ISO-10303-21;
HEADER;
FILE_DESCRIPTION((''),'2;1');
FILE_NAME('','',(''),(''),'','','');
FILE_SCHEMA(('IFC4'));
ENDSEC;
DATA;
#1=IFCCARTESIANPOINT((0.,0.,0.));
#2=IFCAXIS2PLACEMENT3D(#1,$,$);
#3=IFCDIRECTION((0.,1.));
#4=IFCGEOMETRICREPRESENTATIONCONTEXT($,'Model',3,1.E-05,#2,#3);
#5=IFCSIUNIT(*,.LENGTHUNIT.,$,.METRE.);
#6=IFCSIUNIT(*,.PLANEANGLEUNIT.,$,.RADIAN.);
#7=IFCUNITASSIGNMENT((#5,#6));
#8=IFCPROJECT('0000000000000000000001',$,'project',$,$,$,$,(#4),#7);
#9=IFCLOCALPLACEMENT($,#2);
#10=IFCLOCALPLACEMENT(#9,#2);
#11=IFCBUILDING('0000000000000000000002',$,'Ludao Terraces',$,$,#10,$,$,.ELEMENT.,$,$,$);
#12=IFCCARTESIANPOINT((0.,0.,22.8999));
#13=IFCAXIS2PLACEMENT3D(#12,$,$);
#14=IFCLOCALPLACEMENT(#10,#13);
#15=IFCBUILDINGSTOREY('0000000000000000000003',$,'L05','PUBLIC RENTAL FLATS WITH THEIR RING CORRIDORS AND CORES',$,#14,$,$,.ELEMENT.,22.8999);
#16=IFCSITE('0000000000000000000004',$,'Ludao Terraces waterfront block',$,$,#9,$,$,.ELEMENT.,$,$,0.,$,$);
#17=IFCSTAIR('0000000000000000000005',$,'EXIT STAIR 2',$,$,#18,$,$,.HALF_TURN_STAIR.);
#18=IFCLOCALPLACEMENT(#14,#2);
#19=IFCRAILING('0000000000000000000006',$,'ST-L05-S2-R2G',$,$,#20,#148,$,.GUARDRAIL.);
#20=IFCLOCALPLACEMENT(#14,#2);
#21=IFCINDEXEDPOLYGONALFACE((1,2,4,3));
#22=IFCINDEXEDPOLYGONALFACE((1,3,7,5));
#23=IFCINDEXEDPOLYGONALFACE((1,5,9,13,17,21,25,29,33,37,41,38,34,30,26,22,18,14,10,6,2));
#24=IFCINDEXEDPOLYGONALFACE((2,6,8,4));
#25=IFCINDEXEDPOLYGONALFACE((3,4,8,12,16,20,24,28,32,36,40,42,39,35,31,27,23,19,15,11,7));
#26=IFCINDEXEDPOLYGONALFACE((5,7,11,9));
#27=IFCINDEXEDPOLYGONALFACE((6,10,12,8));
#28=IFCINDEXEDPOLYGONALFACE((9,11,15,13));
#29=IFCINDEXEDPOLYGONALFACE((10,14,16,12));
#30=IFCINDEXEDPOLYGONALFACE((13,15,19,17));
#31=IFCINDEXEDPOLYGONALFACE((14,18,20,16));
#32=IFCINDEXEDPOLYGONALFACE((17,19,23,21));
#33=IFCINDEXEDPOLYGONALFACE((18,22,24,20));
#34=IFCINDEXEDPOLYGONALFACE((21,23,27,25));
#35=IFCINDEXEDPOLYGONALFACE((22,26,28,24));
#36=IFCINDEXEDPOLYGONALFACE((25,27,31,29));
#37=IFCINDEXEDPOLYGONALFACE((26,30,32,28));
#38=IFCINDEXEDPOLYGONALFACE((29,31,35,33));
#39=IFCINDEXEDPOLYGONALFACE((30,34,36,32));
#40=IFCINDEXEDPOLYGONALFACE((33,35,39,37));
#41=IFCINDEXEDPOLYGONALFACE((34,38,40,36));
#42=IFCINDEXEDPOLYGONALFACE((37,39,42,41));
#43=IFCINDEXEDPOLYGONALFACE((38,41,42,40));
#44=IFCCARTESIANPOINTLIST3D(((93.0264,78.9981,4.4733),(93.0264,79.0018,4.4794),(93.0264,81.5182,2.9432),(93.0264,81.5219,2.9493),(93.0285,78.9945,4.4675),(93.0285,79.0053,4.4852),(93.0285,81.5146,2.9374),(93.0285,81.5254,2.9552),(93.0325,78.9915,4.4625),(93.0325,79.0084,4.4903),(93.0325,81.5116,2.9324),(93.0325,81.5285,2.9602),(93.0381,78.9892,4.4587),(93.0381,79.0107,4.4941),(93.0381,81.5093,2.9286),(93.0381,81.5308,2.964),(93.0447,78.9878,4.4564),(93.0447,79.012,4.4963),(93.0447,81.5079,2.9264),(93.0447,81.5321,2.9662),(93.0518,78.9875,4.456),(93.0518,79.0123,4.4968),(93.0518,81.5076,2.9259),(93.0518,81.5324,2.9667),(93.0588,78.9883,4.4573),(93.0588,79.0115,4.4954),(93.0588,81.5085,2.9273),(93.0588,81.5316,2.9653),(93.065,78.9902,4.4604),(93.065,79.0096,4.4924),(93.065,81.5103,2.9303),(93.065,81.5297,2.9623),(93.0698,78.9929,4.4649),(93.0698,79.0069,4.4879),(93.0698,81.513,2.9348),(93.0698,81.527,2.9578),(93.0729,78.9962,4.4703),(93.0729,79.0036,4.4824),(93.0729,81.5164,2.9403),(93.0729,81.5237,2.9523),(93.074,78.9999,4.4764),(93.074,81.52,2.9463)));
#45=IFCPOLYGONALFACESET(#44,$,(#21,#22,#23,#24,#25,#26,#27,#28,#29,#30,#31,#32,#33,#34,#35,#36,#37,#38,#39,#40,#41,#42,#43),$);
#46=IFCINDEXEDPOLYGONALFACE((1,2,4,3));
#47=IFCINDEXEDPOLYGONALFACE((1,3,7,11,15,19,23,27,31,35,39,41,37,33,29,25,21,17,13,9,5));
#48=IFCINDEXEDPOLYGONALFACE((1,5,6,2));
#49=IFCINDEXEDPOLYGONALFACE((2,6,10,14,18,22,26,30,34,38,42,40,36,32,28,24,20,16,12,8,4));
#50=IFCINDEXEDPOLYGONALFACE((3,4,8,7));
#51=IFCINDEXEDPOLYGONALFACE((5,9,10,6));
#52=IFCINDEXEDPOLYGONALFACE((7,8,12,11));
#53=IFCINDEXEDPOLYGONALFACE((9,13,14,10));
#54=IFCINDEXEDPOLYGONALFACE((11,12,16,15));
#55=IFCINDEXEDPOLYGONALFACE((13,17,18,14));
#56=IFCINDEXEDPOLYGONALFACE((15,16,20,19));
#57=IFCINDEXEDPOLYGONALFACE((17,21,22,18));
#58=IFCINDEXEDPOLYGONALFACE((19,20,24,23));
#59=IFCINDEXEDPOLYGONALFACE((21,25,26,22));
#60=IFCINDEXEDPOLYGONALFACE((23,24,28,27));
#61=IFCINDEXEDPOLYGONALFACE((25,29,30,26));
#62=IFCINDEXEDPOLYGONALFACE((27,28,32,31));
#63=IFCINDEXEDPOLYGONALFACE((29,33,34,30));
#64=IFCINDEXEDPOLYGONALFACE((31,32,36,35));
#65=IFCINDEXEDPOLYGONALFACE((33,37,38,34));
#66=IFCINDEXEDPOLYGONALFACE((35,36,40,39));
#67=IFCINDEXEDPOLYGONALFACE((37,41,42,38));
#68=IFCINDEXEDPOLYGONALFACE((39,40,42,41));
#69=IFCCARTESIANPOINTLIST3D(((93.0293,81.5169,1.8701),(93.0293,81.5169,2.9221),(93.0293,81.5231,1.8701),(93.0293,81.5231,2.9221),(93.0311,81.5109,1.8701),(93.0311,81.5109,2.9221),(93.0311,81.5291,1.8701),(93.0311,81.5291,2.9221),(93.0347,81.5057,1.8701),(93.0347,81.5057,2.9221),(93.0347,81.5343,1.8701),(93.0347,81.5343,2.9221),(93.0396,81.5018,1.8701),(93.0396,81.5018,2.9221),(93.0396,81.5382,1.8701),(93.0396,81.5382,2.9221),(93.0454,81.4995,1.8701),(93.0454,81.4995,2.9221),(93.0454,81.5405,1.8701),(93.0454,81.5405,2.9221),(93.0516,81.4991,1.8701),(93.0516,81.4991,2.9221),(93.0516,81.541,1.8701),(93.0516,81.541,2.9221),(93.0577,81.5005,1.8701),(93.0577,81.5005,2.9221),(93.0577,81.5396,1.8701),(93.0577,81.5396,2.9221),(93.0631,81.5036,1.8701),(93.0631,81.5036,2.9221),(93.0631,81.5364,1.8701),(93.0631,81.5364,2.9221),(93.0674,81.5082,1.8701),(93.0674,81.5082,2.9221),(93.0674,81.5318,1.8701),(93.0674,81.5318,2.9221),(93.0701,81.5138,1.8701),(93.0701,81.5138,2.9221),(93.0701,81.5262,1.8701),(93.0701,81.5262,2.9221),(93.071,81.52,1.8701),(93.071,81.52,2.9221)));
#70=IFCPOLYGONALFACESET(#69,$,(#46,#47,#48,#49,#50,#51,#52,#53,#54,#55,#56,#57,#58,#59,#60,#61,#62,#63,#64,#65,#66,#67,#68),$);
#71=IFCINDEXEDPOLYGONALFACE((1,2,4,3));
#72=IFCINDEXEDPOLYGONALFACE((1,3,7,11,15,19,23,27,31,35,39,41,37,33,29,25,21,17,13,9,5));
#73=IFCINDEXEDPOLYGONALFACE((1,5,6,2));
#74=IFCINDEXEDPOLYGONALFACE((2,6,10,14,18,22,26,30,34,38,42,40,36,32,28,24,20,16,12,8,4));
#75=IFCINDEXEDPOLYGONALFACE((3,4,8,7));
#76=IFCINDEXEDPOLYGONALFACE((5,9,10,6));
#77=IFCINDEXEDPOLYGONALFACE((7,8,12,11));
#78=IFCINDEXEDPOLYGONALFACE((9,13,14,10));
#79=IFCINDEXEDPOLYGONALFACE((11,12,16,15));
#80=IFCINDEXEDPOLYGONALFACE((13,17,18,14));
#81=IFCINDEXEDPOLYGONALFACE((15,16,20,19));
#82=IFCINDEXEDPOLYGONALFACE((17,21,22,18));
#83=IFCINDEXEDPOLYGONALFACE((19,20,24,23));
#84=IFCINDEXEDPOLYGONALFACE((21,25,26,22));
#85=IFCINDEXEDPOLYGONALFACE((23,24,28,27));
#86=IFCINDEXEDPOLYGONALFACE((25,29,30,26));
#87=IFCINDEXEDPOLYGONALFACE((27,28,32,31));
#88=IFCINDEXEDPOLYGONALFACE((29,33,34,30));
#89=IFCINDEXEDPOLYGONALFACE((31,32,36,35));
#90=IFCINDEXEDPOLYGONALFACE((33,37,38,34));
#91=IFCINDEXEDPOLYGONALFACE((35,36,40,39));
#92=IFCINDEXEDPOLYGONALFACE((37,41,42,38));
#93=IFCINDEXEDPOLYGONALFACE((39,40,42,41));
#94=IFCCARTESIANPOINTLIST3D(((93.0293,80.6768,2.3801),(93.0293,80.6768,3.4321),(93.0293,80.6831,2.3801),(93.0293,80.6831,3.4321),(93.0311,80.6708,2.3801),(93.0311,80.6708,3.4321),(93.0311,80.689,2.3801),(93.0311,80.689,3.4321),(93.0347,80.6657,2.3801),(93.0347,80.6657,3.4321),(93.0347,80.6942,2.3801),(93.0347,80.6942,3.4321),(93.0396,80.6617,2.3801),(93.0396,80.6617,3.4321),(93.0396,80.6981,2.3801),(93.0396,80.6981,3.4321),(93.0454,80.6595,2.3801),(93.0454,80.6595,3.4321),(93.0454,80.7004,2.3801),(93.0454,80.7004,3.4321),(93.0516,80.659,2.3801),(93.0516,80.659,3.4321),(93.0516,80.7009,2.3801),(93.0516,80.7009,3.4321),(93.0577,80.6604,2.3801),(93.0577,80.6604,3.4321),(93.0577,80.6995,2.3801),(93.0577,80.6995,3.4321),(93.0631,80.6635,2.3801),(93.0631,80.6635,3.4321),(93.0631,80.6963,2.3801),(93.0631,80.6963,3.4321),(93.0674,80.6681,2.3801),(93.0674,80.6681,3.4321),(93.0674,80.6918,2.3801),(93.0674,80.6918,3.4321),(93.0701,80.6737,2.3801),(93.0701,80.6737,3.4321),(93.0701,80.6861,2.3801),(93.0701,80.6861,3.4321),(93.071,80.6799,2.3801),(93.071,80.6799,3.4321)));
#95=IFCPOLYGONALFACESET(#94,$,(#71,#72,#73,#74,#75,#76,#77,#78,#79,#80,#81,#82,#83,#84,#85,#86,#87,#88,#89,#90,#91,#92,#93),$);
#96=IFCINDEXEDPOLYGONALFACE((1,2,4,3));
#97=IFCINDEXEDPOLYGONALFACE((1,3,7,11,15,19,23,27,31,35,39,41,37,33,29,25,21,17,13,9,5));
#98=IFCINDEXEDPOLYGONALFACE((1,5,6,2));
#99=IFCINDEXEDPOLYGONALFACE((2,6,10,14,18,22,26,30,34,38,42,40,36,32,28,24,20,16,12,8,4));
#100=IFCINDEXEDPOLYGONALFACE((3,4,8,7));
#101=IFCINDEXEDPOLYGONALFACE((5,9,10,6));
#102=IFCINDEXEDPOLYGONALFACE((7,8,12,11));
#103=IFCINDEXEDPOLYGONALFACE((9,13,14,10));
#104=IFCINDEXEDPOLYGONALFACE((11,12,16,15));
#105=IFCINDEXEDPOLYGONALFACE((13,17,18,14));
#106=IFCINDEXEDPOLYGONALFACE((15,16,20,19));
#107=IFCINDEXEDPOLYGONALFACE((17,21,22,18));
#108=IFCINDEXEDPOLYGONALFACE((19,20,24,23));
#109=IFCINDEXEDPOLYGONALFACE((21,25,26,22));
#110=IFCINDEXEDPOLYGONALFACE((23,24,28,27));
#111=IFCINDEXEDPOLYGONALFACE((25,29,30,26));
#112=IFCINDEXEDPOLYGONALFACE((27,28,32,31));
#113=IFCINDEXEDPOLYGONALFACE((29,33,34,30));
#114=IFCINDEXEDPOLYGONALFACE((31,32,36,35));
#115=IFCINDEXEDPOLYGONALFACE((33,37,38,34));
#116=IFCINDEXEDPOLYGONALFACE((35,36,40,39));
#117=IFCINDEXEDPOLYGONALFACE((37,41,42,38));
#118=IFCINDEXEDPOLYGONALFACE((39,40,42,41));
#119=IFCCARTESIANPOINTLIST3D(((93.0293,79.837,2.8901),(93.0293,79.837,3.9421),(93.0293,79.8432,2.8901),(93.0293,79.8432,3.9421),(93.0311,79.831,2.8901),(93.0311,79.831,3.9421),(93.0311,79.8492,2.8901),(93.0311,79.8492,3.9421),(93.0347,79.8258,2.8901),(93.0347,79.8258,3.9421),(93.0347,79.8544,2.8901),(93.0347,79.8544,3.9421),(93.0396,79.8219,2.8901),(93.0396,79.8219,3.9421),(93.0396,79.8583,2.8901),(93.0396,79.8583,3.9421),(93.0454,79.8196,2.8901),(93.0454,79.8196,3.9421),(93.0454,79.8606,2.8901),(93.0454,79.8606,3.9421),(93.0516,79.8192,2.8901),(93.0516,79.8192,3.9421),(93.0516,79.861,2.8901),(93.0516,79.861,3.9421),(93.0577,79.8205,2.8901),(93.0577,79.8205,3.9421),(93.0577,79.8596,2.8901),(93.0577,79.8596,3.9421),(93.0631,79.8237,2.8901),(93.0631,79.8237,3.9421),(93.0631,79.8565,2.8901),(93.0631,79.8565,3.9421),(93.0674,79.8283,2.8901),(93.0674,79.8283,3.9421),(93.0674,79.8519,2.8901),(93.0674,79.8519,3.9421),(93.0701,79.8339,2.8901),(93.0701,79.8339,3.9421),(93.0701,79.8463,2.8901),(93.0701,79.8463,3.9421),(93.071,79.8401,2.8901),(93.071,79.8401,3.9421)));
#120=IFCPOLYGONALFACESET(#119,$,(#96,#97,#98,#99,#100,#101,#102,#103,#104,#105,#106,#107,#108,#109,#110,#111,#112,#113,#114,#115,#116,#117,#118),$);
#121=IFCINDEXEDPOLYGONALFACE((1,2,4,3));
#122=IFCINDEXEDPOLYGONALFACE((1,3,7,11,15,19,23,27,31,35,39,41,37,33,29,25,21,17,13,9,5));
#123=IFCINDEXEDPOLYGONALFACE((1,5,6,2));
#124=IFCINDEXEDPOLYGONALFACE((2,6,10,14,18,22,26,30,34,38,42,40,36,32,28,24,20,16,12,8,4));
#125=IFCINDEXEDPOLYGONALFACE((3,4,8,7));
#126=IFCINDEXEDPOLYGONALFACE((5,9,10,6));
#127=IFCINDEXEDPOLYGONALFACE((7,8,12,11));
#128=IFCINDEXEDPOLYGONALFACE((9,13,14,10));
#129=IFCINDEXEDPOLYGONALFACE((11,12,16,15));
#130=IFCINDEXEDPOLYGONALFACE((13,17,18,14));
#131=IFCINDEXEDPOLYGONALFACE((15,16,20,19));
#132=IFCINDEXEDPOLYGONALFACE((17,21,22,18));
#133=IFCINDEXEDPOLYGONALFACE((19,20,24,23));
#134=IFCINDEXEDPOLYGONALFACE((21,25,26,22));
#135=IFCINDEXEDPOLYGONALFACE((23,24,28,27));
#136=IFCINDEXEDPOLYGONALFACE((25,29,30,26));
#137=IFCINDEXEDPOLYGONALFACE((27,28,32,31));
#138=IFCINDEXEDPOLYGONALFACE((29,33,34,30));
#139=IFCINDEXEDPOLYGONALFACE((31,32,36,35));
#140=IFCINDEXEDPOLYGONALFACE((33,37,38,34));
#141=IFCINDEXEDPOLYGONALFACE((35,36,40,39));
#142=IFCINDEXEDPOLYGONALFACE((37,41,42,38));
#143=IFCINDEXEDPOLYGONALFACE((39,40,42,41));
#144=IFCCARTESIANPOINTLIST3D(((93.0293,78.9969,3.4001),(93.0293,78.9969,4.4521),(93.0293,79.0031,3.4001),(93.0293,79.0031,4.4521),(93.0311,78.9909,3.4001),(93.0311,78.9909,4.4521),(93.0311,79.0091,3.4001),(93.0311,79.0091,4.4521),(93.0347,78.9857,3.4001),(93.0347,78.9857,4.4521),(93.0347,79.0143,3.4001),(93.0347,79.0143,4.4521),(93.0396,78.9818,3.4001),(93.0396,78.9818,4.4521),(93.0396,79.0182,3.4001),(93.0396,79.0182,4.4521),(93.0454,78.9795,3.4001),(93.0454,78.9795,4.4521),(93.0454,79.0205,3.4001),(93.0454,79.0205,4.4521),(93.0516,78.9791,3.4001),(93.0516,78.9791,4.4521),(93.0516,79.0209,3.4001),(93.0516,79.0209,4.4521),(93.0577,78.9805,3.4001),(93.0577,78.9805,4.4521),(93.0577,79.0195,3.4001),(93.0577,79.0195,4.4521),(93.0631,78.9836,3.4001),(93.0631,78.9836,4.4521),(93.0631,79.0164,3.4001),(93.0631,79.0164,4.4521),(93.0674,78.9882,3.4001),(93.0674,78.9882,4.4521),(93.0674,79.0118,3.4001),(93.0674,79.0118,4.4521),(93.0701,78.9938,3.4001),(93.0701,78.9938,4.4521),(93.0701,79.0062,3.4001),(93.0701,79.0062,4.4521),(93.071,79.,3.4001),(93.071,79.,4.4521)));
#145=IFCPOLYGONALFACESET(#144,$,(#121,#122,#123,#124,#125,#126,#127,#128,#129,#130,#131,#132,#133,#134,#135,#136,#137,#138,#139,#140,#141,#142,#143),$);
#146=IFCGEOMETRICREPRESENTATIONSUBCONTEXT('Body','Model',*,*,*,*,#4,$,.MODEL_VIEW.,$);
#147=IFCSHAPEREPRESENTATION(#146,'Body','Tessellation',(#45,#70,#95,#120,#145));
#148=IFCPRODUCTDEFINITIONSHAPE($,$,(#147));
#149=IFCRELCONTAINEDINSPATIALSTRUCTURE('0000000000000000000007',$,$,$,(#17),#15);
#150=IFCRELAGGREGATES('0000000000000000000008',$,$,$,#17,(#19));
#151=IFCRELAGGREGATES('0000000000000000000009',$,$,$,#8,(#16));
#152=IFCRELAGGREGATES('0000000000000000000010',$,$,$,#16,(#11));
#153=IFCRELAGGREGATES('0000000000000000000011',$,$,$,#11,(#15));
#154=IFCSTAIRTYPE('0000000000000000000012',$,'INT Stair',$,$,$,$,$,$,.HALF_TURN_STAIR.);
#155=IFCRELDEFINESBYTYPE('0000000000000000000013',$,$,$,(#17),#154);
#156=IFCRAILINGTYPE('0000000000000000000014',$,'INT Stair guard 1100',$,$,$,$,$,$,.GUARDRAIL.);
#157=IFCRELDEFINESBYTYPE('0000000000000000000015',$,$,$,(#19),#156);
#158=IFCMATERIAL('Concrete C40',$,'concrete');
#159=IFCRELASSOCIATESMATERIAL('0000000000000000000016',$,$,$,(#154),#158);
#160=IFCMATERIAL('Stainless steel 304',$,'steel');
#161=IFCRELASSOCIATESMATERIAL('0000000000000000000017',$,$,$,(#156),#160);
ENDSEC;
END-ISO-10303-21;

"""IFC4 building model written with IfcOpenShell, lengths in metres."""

from ifc_helpers import new_model, si_unit, direction, frame, origin, origin_2d, place, context, subcontext, project, spatial, circle, extrude, material, type_object, element, aggregate, save


model = new_model("IFC4")

# Units and contexts
model_context = context("Model", 3, precision=1e-05, world=origin(), true_north=direction((0.0, 1.0)))
body_context = subcontext(model_context, "Body", "Model", "MODEL_VIEW")
ifc_project = project(units=[si_unit("LENGTHUNIT", "METRE"), si_unit("PLANEANGLEUNIT", "RADIAN")], contexts=[model_context])

# Site, building, storey
site_placement = place(None, origin())
site = spatial("IfcSite", under=ifc_project, at=site_placement, Name="Ludao Terraces waterfront block", CompositionType="ELEMENT", RefElevation=0.0)
building_placement = place(site_placement, origin())
building = spatial("IfcBuilding", under=site, at=building_placement, Name="Ludao Terraces", CompositionType="ELEMENT")
storey_placement = place(building_placement, frame((0.0, 0.0, 22.8999)))
storey = spatial("IfcBuildingStorey", under=building, at=storey_placement, Name="L05", Description="PUBLIC RENTAL FLATS WITH THEIR RING CORRIDORS AND CORES", CompositionType="ELEMENT", Elevation=22.8999)

# Shared definitions
ifc_material_1 = material(Name="Concrete C40", Category="concrete")

# Shared definitions
ifc_material_2 = material(Name="Stainless steel 304", Category="steel")

# Stair, railing
stair_type = type_object("IfcStairType", Name="INT Stair", PredefinedType="HALF_TURN_STAIR", material=ifc_material_1)
stair_placement = place(storey_placement, origin())
stair = element("IfcStair", 1, at=stair_placement, inside=storey, type_object=stair_type, Name="EXIT STAIR 2", PredefinedType="HALF_TURN_STAIR")
railing_type_1 = type_object("IfcRailingType", Name="INT Stair guard 1100", PredefinedType="GUARDRAIL", material=ifc_material_2)
railing_1_placement = place(storey_placement, frame((93.05, 81.52, 1.8701)))
railing_1 = element("IfcRailing", 2, at=railing_1_placement, type_object=railing_type_1, Name="ST-L05-S2-R2G", PredefinedType="GUARDRAIL", context=body_context, shape_type="SweptSolid", body=[
    extrude(circle(Radius=0.0239, at=origin_2d()), frame((0.0, 0.0, 1.0762), z_axis=(0.0, -0.854785, 0.518982), x_axis=(1.0, 0.0, 0.0)), (0.0, 0.0, 1.0), 2.9482),
    extrude(circle(Radius=0.021, at=origin_2d()), origin(), (0.0, 0.0, 1.0), 1.052),
    extrude(circle(Radius=0.021, at=origin_2d()), frame((0.0, -0.8401, 0.51)), (0.0, 0.0, 1.0), 1.052),
    extrude(circle(Radius=0.021, at=origin_2d()), frame((0.0, -1.6799, 1.02)), (0.0, 0.0, 1.0), 1.052),
    extrude(circle(Radius=0.021, at=origin_2d()), frame((0.0, -2.52, 1.53)), (0.0, 0.0, 1.0), 1.052),
])
aggregate(stair, [railing_1])

save(model, "model.ifc")
